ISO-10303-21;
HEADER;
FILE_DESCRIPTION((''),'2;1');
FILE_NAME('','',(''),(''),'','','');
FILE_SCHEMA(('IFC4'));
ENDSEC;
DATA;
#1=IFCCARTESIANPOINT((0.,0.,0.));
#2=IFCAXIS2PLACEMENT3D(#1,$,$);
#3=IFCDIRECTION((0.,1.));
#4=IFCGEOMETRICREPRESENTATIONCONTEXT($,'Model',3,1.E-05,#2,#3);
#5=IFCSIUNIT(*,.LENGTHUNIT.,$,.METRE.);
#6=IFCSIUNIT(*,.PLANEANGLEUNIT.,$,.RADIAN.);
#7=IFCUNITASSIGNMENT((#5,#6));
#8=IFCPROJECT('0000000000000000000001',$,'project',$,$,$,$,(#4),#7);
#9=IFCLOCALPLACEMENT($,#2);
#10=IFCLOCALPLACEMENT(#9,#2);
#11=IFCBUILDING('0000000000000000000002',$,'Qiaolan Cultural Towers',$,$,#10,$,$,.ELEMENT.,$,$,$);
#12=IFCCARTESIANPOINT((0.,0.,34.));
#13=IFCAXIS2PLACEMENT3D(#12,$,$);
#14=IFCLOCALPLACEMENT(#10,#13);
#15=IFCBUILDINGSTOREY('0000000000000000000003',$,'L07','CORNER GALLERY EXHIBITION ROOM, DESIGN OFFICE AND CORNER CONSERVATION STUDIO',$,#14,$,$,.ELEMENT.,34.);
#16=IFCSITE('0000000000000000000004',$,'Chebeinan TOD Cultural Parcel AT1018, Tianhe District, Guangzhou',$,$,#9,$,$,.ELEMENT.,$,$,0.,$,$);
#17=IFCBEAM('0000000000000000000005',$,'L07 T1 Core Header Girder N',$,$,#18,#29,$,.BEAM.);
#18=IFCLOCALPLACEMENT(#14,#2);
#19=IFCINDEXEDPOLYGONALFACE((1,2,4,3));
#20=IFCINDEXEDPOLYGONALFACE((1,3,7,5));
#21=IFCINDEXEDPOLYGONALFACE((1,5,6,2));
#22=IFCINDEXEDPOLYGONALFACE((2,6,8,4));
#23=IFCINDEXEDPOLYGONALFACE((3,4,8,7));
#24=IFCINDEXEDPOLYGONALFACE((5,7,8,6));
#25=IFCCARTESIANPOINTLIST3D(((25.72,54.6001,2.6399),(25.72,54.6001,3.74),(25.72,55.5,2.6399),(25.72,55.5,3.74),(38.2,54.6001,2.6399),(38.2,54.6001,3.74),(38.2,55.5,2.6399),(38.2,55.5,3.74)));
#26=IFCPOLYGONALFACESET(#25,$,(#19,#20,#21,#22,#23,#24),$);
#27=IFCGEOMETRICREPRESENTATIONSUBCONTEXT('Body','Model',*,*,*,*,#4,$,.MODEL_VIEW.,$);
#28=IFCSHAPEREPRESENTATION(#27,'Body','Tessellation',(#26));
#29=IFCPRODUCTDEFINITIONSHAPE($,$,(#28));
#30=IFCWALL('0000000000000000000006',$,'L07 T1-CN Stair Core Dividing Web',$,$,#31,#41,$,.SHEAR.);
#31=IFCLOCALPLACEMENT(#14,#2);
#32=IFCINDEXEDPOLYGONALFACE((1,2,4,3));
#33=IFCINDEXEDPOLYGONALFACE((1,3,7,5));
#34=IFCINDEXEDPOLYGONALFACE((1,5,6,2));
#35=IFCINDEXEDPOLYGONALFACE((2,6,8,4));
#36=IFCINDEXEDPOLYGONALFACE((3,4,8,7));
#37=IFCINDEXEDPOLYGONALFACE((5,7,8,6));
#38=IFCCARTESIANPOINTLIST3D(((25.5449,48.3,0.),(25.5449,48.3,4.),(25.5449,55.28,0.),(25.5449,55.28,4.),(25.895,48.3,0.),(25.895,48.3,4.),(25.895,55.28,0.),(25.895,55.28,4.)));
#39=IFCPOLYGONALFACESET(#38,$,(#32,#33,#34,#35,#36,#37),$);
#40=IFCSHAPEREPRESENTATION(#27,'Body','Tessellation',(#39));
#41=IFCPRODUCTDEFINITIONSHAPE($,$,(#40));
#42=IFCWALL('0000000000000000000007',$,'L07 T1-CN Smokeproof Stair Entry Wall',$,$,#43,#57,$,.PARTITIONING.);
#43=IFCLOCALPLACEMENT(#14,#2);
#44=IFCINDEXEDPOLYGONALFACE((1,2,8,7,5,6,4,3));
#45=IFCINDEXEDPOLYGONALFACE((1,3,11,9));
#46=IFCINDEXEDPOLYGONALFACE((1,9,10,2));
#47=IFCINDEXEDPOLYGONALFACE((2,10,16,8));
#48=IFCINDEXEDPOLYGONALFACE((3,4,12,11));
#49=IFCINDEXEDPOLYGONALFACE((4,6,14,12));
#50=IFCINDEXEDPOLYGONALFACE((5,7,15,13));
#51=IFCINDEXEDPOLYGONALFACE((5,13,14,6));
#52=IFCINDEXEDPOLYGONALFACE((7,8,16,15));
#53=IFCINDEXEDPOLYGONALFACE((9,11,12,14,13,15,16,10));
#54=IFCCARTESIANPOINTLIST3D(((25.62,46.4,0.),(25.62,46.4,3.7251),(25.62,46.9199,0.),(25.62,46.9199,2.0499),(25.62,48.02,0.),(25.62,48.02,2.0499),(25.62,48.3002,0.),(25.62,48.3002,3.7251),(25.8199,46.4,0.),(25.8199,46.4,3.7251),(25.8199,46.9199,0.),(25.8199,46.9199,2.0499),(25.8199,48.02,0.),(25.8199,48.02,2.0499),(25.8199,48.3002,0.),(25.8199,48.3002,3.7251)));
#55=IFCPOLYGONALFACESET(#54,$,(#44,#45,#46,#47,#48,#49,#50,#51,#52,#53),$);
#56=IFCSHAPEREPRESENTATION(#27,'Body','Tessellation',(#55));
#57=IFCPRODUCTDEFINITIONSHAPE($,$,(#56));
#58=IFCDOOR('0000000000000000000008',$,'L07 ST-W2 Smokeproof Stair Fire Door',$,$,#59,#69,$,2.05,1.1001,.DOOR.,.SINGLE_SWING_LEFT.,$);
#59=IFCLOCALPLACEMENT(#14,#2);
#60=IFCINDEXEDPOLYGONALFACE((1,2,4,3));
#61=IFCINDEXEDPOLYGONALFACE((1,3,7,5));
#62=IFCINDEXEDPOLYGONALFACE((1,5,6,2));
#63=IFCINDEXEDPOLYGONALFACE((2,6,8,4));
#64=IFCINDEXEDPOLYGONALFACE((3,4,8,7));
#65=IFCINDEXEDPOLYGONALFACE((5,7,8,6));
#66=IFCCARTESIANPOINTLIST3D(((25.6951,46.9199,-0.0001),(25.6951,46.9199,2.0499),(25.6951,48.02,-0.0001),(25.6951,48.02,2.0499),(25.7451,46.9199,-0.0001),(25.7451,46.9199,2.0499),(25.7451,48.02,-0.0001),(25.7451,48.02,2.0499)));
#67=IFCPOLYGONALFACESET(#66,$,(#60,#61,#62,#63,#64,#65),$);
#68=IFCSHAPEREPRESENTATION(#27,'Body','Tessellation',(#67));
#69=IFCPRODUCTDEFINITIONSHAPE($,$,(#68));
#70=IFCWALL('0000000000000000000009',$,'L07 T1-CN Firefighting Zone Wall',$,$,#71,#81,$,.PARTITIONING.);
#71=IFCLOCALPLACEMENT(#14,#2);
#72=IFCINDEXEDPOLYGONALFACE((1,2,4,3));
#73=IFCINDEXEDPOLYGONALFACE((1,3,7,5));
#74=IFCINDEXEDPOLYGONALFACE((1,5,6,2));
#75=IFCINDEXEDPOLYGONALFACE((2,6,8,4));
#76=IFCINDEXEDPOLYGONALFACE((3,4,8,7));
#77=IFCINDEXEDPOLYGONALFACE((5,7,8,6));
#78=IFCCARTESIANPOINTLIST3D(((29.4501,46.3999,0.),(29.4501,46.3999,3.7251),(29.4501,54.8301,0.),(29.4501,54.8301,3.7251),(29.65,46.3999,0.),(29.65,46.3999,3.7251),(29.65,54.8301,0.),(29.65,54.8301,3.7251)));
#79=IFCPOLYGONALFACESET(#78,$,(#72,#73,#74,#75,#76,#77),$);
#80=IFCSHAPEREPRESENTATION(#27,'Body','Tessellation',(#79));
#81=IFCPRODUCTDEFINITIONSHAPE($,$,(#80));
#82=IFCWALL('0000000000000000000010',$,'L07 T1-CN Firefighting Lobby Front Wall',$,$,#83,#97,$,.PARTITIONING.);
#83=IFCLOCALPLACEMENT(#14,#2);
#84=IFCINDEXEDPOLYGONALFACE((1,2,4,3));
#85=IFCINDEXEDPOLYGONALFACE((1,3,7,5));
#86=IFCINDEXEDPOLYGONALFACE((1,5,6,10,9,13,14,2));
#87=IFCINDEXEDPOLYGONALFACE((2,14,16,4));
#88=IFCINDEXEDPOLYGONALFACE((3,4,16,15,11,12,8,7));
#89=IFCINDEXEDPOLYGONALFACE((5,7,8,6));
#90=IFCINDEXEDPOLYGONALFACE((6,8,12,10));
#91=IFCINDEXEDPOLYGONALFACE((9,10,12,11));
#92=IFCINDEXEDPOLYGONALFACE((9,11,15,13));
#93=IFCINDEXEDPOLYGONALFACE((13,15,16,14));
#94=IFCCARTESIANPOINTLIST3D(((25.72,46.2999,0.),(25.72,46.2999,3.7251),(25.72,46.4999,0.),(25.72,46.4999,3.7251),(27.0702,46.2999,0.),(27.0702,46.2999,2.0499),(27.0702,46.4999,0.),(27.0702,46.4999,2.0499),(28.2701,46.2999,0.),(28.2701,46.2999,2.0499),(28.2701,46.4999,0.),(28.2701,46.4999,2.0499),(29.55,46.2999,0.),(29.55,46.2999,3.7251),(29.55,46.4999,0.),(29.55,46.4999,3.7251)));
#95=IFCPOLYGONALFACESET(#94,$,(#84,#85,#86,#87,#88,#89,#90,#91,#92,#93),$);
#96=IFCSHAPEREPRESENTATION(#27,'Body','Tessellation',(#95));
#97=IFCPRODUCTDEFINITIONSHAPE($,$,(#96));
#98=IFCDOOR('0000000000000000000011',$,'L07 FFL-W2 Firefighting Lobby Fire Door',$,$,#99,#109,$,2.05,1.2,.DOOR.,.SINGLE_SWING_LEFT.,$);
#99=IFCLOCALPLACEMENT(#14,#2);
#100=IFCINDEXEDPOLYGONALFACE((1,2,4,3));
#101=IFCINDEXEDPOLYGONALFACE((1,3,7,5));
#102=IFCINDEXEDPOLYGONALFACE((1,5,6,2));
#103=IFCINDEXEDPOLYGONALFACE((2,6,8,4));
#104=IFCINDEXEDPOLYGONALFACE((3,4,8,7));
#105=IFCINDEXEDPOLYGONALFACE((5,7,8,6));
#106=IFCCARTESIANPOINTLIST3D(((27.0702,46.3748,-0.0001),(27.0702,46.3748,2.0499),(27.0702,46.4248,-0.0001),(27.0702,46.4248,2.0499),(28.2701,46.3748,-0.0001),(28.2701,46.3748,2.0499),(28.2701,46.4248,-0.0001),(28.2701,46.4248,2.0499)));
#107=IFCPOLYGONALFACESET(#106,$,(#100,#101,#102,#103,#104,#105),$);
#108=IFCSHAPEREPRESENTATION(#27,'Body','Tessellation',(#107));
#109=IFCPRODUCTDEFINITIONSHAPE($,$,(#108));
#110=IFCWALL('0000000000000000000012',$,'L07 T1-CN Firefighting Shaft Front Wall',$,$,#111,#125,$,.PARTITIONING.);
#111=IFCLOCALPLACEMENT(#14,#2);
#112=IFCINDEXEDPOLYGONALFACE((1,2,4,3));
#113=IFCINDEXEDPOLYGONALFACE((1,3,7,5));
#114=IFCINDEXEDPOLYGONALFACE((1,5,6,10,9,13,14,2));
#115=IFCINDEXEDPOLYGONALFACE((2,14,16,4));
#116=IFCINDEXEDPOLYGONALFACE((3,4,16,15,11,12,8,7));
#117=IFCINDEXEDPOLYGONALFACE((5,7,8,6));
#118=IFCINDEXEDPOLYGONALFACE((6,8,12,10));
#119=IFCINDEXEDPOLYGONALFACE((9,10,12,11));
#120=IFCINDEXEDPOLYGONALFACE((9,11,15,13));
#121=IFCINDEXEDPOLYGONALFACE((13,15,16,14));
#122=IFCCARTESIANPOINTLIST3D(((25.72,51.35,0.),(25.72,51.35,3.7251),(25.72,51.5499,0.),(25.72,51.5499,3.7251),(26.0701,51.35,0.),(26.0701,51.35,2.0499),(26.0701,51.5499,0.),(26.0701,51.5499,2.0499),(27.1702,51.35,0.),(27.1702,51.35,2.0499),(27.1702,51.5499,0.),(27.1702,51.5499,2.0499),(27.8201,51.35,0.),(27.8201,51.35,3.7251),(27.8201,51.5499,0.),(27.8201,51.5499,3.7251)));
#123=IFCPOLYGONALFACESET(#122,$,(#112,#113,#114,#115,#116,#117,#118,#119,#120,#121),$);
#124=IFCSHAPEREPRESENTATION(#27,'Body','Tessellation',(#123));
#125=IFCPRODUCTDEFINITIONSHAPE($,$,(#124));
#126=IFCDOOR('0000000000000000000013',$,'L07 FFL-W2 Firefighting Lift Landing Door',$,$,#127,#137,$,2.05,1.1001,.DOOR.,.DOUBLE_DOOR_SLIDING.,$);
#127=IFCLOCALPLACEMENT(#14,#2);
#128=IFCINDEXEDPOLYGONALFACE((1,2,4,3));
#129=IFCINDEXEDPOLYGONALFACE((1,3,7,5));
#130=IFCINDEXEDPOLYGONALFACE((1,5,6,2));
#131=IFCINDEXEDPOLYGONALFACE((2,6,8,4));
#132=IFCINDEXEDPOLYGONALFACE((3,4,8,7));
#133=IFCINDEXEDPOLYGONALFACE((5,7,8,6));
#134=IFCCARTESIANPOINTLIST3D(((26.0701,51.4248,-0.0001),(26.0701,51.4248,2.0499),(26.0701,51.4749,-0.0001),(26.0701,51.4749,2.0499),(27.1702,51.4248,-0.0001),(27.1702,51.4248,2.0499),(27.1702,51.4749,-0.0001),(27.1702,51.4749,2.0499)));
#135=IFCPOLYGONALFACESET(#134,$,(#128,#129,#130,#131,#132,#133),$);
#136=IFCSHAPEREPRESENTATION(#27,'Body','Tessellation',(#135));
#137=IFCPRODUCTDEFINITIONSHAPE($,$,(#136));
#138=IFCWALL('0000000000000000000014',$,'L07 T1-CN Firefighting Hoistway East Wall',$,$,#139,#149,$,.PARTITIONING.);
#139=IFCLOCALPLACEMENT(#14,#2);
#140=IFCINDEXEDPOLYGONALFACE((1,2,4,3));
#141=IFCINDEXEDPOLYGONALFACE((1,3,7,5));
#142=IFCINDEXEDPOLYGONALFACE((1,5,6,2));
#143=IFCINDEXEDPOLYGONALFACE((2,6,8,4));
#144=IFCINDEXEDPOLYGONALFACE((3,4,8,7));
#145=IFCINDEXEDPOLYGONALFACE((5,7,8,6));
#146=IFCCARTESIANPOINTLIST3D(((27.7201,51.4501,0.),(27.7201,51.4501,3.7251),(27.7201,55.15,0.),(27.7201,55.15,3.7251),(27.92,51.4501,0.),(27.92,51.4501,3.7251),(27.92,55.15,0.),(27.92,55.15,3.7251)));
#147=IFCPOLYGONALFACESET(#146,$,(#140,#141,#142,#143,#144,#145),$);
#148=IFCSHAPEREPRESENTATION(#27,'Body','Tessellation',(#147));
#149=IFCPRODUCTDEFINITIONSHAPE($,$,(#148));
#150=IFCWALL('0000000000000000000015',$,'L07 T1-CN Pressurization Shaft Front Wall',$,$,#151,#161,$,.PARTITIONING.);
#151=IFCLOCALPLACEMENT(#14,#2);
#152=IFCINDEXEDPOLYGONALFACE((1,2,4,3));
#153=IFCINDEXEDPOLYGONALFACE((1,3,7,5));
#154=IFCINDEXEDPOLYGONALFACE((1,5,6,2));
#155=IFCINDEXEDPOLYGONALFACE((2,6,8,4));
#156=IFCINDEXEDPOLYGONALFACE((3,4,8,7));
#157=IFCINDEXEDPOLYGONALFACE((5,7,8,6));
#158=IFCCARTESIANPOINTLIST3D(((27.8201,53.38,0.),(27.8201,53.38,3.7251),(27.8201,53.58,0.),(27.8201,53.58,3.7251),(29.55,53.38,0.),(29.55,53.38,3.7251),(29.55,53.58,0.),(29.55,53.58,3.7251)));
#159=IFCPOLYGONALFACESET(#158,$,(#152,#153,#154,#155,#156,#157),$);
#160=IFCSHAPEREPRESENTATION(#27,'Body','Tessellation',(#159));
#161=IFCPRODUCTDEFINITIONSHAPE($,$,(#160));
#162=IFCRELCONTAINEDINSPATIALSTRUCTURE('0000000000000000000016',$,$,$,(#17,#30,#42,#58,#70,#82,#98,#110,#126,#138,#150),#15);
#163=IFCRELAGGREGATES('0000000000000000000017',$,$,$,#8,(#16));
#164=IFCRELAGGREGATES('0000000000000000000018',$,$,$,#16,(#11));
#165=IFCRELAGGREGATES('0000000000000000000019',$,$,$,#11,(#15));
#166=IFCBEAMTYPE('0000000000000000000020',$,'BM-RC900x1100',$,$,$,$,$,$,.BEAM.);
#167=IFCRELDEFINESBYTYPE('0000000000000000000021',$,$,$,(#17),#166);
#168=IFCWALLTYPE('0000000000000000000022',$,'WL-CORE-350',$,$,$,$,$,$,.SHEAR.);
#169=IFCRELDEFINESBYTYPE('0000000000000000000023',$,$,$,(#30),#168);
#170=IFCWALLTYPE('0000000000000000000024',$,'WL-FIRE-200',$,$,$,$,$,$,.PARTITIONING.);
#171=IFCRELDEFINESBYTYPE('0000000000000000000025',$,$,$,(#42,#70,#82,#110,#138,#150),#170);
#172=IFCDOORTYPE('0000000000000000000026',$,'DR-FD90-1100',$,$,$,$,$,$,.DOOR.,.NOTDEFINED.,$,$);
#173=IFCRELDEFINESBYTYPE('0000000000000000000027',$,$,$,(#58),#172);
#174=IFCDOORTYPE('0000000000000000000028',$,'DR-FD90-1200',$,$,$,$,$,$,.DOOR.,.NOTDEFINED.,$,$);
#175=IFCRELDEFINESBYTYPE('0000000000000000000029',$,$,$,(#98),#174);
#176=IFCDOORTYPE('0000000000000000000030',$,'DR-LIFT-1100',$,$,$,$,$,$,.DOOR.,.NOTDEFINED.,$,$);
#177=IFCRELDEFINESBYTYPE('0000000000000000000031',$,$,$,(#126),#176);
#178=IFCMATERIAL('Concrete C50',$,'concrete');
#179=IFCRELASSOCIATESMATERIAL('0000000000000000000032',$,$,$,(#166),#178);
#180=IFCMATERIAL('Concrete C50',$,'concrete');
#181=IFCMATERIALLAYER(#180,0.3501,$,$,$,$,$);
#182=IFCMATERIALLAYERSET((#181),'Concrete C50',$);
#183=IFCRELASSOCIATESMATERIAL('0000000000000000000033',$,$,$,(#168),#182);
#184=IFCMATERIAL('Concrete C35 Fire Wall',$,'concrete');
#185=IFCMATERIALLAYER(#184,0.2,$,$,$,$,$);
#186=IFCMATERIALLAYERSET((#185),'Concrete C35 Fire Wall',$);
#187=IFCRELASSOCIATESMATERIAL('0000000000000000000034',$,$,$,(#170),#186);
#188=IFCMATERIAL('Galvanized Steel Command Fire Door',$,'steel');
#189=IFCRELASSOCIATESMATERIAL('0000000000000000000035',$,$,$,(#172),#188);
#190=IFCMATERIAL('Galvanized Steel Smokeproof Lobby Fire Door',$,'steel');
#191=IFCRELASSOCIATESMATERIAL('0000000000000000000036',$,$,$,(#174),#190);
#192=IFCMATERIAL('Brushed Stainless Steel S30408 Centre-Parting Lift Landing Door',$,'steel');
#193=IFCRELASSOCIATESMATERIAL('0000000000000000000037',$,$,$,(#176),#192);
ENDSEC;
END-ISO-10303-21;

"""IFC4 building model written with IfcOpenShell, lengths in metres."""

from ifc_helpers import new_model, si_unit, direction, frame, frame_2d, origin, origin_2d, place, context, subcontext, project, spatial, rectangle, extrude, material, layer, layer_set, material_profile, profile_set, type_object, element, fill, save


model = new_model("IFC4")

# Units and contexts
model_context = context("Model", 3, precision=1e-05, world=origin(), true_north=direction((0.0, 1.0)))
body_context = subcontext(model_context, "Body", "Model", "MODEL_VIEW")
ifc_project = project(units=[si_unit("LENGTHUNIT", "METRE"), si_unit("PLANEANGLEUNIT", "RADIAN")], contexts=[model_context])

# Site, building, storey
site_placement = place(None, origin())
site = spatial("IfcSite", under=ifc_project, at=site_placement, Name="Chebeinan TOD Cultural Parcel AT1018, Tianhe District, Guangzhou", CompositionType="ELEMENT", RefElevation=0.0)
building_placement = place(site_placement, origin())
building = spatial("IfcBuilding", under=site, at=building_placement, Name="Qiaolan Cultural Towers", CompositionType="ELEMENT")
storey_placement = place(building_placement, frame((0.0, 0.0, 34.0)))
storey = spatial("IfcBuildingStorey", under=building, at=storey_placement, Name="L07", Description="CORNER GALLERY EXHIBITION ROOM, DESIGN OFFICE AND CORNER CONSERVATION STUDIO", CompositionType="ELEMENT", Elevation=34.0)

# Beam
ifc_material_1 = material(Name="Concrete C50", Category="concrete")
ifc_material_profile = material_profile(ifc_material_1, rectangle(XDim=0.8999, YDim=1.1001, at=origin_2d()), Name="RC900x1100")
ifc_profile_set = profile_set([ifc_material_profile], Name="Concrete C50")
beam_type = type_object("IfcBeamType", Name="BM-RC900x1100", PredefinedType="BEAM", material=ifc_profile_set)
beam_placement = place(storey_placement, frame((25.72, 55.05, 3.1899), z_axis=(1.0, 0.0, 0.0), x_axis=(0.0, 1.0, 0.0)))
element("IfcBeam", 1, at=beam_placement, inside=storey, type_object=beam_type, Name="L07 T1 Core Header Girder N", PredefinedType="BEAM", context=body_context, shape_type="SweptSolid", body=[
    extrude(rectangle(XDim=0.8999, YDim=1.1001, at=origin_2d()), origin(), (0.0, 0.0, 1.0), 12.48),
])

# Wall
ifc_material_2 = material(Name="Concrete C50", Category="concrete")
ifc_layer_1 = layer(ifc_material_2, 0.3501)
ifc_layer_set_1 = layer_set([ifc_layer_1], Name="Concrete C50")
wall_type_1 = type_object("IfcWallType", Name="WL-CORE-350", PredefinedType="SHEAR", material=ifc_layer_set_1)
wall_1_placement = place(storey_placement, frame((25.72, 48.3, 0.0), z_axis=(0.0, 0.0, 1.0), x_axis=(0.0, 1.0, 0.0)))
element("IfcWall", 2, at=wall_1_placement, inside=storey, type_object=wall_type_1, Name="L07 T1-CN Stair Core Dividing Web", PredefinedType="SHEAR", context=body_context, shape_type="SweptSolid", body=[
    extrude(rectangle(XDim=6.98, YDim=0.3501, at=frame_2d((3.49, 0.0))), origin(), (0.0, 0.0, 1.0), 4.0),
])

# Wall, opening, door
ifc_material_3 = material(Name="Concrete C35 Fire Wall", Category="concrete")
ifc_layer_2 = layer(ifc_material_3, 0.2)
ifc_layer_set_2 = layer_set([ifc_layer_2], Name="Concrete C35 Fire Wall")
wall_type_2 = type_object("IfcWallType", Name="WL-FIRE-200", PredefinedType="PARTITIONING", material=ifc_layer_set_2)
wall_2_placement = place(storey_placement, frame((25.72, 46.3999, 0.0), z_axis=(0.0, 0.0, 1.0), x_axis=(0.0, 1.0, 0.0)))
wall_2 = element("IfcWall", 3, at=wall_2_placement, inside=storey, type_object=wall_type_2, Name="L07 T1-CN Smokeproof Stair Entry Wall", PredefinedType="PARTITIONING", context=body_context, shape_type="SweptSolid", body=[
    extrude(rectangle(XDim=1.9001, YDim=0.2, at=frame_2d((0.9502, 0.0))), origin(), (0.0, 0.0, 1.0), 3.7251),
])
opening_1_placement = place(wall_2_placement, frame((0.52, 0.0, 0.0)))
opening_1 = element("IfcOpeningElement", 4, at=opening_1_placement, cuts=wall_2, PredefinedType="OPENING", context=body_context, shape_type="SweptSolid", body=[
    extrude(rectangle(XDim=1.1001, YDim=2.05, at=frame_2d((0.55, 1.0249))), frame((0.0, 0.1099, 0.0), z_axis=(0.0, -1.0, 0.0), x_axis=(1.0, 0.0, 0.0)), (0.0, 0.0, 1.0), 0.22),
])
ifc_material_4 = material(Name="Galvanized Steel Command Fire Door", Category="steel")
door_type_1 = type_object("IfcDoorType", Name="DR-FD90-1100", OperationType="NOTDEFINED", PredefinedType="DOOR", material=ifc_material_4)
door_1_placement = place(opening_1_placement, origin())
door_1 = element("IfcDoor", 5, at=door_1_placement, inside=storey, type_object=door_type_1, Name="L07 ST-W2 Smokeproof Stair Fire Door", OperationType="SINGLE_SWING_LEFT", OverallHeight=2.05, OverallWidth=1.1001, PredefinedType="DOOR", context=body_context, shape_type="SweptSolid", body=[
    extrude(rectangle(XDim=1.1001, YDim=2.05, at=frame_2d((0.55, 1.0249))), frame((0.0, 0.0249, 0.0), z_axis=(0.0, -1.0, 0.0), x_axis=(1.0, 0.0, 0.0)), (0.0, 0.0, 1.0), 0.05),
])
fill(opening_1, door_1)

# Wall
wall_3_placement = place(storey_placement, frame((29.55, 46.3999, 0.0), z_axis=(0.0, 0.0, 1.0), x_axis=(0.0, 1.0, 0.0)))
element("IfcWall", 6, at=wall_3_placement, inside=storey, type_object=wall_type_2, Name="L07 T1-CN Firefighting Zone Wall", PredefinedType="PARTITIONING", context=body_context, shape_type="SweptSolid", body=[
    extrude(rectangle(XDim=8.4302, YDim=0.2, at=frame_2d((4.2151, 0.0))), origin(), (0.0, 0.0, 1.0), 3.7251),
])

# Walls, openings, doors
wall_4_placement = place(storey_placement, frame((25.72, 46.3999, 0.0), z_axis=(0.0, 0.0, 1.0), x_axis=(1.0, 0.0, 0.0)))
wall_4 = element("IfcWall", 7, at=wall_4_placement, inside=storey, type_object=wall_type_2, Name="L07 T1-CN Firefighting Lobby Front Wall", PredefinedType="PARTITIONING", context=body_context, shape_type="SweptSolid", body=[
    extrude(rectangle(XDim=3.8301, YDim=0.2, at=frame_2d((1.915, 0.0))), origin(), (0.0, 0.0, 1.0), 3.7251),
])
opening_2_placement = place(wall_4_placement, frame((1.3501, 0.0, 0.0)))
opening_2 = element("IfcOpeningElement", 8, at=opening_2_placement, cuts=wall_4, PredefinedType="OPENING", context=body_context, shape_type="SweptSolid", body=[
    extrude(rectangle(XDim=1.2, YDim=2.05, at=frame_2d((0.6001, 1.0249))), frame((0.0, 0.1099, 0.0), z_axis=(0.0, -1.0, 0.0), x_axis=(1.0, 0.0, 0.0)), (0.0, 0.0, 1.0), 0.22),
])
ifc_material_5 = material(Name="Galvanized Steel Smokeproof Lobby Fire Door", Category="steel")
door_type_2 = type_object("IfcDoorType", Name="DR-FD90-1200", OperationType="NOTDEFINED", PredefinedType="DOOR", material=ifc_material_5)
door_2_placement = place(opening_2_placement, origin())
door_2 = element("IfcDoor", 9, at=door_2_placement, inside=storey, type_object=door_type_2, Name="L07 FFL-W2 Firefighting Lobby Fire Door", OperationType="SINGLE_SWING_LEFT", OverallHeight=2.05, OverallWidth=1.2, PredefinedType="DOOR", context=body_context, shape_type="SweptSolid", body=[
    extrude(rectangle(XDim=1.2, YDim=2.05, at=frame_2d((0.6001, 1.0249))), frame((0.0, 0.0249, 0.0), z_axis=(0.0, -1.0, 0.0), x_axis=(1.0, 0.0, 0.0)), (0.0, 0.0, 1.0), 0.05),
])
fill(opening_2, door_2)
wall_5_placement = place(storey_placement, frame((25.72, 51.45, 0.0), z_axis=(0.0, 0.0, 1.0), x_axis=(1.0, 0.0, 0.0)))
wall_5 = element("IfcWall", 10, at=wall_5_placement, inside=storey, type_object=wall_type_2, Name="L07 T1-CN Firefighting Shaft Front Wall", PredefinedType="PARTITIONING", context=body_context, shape_type="SweptSolid", body=[
    extrude(rectangle(XDim=2.1001, YDim=0.2, at=frame_2d((1.05, 0.0))), origin(), (0.0, 0.0, 1.0), 3.7251),
])
opening_3_placement = place(wall_5_placement, frame((0.3501, 0.0, 0.0)))
opening_3 = element("IfcOpeningElement", 11, at=opening_3_placement, cuts=wall_5, PredefinedType="OPENING", context=body_context, shape_type="SweptSolid", body=[
    extrude(rectangle(XDim=1.1001, YDim=2.05, at=frame_2d((0.55, 1.0249))), frame((0.0, 0.1099, 0.0), z_axis=(0.0, -1.0, 0.0), x_axis=(1.0, 0.0, 0.0)), (0.0, 0.0, 1.0), 0.22),
])
ifc_material_6 = material(Name="Brushed Stainless Steel S30408 Centre-Parting Lift Landing Door", Category="steel")
door_type_3 = type_object("IfcDoorType", Name="DR-LIFT-1100", OperationType="NOTDEFINED", PredefinedType="DOOR", material=ifc_material_6)
door_3_placement = place(opening_3_placement, origin())
door_3 = element("IfcDoor", 12, at=door_3_placement, inside=storey, type_object=door_type_3, Name="L07 FFL-W2 Firefighting Lift Landing Door", OperationType="DOUBLE_DOOR_SLIDING", OverallHeight=2.05, OverallWidth=1.1001, PredefinedType="DOOR", context=body_context, shape_type="SweptSolid", body=[
    extrude(rectangle(XDim=1.1001, YDim=2.05, at=frame_2d((0.55, 1.0249))), frame((0.0, 0.0249, 0.0), z_axis=(0.0, -1.0, 0.0), x_axis=(1.0, 0.0, 0.0)), (0.0, 0.0, 1.0), 0.05),
])
fill(opening_3, door_3)

# Walls
wall_6_placement = place(storey_placement, frame((27.8201, 51.45, 0.0), z_axis=(0.0, 0.0, 1.0), x_axis=(0.0, 1.0, 0.0)))
element("IfcWall", 13, at=wall_6_placement, inside=storey, type_object=wall_type_2, Name="L07 T1-CN Firefighting Hoistway East Wall", PredefinedType="PARTITIONING", context=body_context, shape_type="SweptSolid", body=[
    extrude(rectangle(XDim=3.7, YDim=0.2, at=frame_2d((1.8501, 0.0))), origin(), (0.0, 0.0, 1.0), 3.7251),
])
wall_7_placement = place(storey_placement, frame((27.8201, 53.48, 0.0), z_axis=(0.0, 0.0, 1.0), x_axis=(1.0, 0.0, 0.0)))
element("IfcWall", 14, at=wall_7_placement, inside=storey, type_object=wall_type_2, Name="L07 T1-CN Pressurization Shaft Front Wall", PredefinedType="PARTITIONING", context=body_context, shape_type="SweptSolid", body=[
    extrude(rectangle(XDim=1.73, YDim=0.2, at=frame_2d((0.865, 0.0))), origin(), (0.0, 0.0, 1.0), 3.7251),
])

save(model, "model.ifc")
